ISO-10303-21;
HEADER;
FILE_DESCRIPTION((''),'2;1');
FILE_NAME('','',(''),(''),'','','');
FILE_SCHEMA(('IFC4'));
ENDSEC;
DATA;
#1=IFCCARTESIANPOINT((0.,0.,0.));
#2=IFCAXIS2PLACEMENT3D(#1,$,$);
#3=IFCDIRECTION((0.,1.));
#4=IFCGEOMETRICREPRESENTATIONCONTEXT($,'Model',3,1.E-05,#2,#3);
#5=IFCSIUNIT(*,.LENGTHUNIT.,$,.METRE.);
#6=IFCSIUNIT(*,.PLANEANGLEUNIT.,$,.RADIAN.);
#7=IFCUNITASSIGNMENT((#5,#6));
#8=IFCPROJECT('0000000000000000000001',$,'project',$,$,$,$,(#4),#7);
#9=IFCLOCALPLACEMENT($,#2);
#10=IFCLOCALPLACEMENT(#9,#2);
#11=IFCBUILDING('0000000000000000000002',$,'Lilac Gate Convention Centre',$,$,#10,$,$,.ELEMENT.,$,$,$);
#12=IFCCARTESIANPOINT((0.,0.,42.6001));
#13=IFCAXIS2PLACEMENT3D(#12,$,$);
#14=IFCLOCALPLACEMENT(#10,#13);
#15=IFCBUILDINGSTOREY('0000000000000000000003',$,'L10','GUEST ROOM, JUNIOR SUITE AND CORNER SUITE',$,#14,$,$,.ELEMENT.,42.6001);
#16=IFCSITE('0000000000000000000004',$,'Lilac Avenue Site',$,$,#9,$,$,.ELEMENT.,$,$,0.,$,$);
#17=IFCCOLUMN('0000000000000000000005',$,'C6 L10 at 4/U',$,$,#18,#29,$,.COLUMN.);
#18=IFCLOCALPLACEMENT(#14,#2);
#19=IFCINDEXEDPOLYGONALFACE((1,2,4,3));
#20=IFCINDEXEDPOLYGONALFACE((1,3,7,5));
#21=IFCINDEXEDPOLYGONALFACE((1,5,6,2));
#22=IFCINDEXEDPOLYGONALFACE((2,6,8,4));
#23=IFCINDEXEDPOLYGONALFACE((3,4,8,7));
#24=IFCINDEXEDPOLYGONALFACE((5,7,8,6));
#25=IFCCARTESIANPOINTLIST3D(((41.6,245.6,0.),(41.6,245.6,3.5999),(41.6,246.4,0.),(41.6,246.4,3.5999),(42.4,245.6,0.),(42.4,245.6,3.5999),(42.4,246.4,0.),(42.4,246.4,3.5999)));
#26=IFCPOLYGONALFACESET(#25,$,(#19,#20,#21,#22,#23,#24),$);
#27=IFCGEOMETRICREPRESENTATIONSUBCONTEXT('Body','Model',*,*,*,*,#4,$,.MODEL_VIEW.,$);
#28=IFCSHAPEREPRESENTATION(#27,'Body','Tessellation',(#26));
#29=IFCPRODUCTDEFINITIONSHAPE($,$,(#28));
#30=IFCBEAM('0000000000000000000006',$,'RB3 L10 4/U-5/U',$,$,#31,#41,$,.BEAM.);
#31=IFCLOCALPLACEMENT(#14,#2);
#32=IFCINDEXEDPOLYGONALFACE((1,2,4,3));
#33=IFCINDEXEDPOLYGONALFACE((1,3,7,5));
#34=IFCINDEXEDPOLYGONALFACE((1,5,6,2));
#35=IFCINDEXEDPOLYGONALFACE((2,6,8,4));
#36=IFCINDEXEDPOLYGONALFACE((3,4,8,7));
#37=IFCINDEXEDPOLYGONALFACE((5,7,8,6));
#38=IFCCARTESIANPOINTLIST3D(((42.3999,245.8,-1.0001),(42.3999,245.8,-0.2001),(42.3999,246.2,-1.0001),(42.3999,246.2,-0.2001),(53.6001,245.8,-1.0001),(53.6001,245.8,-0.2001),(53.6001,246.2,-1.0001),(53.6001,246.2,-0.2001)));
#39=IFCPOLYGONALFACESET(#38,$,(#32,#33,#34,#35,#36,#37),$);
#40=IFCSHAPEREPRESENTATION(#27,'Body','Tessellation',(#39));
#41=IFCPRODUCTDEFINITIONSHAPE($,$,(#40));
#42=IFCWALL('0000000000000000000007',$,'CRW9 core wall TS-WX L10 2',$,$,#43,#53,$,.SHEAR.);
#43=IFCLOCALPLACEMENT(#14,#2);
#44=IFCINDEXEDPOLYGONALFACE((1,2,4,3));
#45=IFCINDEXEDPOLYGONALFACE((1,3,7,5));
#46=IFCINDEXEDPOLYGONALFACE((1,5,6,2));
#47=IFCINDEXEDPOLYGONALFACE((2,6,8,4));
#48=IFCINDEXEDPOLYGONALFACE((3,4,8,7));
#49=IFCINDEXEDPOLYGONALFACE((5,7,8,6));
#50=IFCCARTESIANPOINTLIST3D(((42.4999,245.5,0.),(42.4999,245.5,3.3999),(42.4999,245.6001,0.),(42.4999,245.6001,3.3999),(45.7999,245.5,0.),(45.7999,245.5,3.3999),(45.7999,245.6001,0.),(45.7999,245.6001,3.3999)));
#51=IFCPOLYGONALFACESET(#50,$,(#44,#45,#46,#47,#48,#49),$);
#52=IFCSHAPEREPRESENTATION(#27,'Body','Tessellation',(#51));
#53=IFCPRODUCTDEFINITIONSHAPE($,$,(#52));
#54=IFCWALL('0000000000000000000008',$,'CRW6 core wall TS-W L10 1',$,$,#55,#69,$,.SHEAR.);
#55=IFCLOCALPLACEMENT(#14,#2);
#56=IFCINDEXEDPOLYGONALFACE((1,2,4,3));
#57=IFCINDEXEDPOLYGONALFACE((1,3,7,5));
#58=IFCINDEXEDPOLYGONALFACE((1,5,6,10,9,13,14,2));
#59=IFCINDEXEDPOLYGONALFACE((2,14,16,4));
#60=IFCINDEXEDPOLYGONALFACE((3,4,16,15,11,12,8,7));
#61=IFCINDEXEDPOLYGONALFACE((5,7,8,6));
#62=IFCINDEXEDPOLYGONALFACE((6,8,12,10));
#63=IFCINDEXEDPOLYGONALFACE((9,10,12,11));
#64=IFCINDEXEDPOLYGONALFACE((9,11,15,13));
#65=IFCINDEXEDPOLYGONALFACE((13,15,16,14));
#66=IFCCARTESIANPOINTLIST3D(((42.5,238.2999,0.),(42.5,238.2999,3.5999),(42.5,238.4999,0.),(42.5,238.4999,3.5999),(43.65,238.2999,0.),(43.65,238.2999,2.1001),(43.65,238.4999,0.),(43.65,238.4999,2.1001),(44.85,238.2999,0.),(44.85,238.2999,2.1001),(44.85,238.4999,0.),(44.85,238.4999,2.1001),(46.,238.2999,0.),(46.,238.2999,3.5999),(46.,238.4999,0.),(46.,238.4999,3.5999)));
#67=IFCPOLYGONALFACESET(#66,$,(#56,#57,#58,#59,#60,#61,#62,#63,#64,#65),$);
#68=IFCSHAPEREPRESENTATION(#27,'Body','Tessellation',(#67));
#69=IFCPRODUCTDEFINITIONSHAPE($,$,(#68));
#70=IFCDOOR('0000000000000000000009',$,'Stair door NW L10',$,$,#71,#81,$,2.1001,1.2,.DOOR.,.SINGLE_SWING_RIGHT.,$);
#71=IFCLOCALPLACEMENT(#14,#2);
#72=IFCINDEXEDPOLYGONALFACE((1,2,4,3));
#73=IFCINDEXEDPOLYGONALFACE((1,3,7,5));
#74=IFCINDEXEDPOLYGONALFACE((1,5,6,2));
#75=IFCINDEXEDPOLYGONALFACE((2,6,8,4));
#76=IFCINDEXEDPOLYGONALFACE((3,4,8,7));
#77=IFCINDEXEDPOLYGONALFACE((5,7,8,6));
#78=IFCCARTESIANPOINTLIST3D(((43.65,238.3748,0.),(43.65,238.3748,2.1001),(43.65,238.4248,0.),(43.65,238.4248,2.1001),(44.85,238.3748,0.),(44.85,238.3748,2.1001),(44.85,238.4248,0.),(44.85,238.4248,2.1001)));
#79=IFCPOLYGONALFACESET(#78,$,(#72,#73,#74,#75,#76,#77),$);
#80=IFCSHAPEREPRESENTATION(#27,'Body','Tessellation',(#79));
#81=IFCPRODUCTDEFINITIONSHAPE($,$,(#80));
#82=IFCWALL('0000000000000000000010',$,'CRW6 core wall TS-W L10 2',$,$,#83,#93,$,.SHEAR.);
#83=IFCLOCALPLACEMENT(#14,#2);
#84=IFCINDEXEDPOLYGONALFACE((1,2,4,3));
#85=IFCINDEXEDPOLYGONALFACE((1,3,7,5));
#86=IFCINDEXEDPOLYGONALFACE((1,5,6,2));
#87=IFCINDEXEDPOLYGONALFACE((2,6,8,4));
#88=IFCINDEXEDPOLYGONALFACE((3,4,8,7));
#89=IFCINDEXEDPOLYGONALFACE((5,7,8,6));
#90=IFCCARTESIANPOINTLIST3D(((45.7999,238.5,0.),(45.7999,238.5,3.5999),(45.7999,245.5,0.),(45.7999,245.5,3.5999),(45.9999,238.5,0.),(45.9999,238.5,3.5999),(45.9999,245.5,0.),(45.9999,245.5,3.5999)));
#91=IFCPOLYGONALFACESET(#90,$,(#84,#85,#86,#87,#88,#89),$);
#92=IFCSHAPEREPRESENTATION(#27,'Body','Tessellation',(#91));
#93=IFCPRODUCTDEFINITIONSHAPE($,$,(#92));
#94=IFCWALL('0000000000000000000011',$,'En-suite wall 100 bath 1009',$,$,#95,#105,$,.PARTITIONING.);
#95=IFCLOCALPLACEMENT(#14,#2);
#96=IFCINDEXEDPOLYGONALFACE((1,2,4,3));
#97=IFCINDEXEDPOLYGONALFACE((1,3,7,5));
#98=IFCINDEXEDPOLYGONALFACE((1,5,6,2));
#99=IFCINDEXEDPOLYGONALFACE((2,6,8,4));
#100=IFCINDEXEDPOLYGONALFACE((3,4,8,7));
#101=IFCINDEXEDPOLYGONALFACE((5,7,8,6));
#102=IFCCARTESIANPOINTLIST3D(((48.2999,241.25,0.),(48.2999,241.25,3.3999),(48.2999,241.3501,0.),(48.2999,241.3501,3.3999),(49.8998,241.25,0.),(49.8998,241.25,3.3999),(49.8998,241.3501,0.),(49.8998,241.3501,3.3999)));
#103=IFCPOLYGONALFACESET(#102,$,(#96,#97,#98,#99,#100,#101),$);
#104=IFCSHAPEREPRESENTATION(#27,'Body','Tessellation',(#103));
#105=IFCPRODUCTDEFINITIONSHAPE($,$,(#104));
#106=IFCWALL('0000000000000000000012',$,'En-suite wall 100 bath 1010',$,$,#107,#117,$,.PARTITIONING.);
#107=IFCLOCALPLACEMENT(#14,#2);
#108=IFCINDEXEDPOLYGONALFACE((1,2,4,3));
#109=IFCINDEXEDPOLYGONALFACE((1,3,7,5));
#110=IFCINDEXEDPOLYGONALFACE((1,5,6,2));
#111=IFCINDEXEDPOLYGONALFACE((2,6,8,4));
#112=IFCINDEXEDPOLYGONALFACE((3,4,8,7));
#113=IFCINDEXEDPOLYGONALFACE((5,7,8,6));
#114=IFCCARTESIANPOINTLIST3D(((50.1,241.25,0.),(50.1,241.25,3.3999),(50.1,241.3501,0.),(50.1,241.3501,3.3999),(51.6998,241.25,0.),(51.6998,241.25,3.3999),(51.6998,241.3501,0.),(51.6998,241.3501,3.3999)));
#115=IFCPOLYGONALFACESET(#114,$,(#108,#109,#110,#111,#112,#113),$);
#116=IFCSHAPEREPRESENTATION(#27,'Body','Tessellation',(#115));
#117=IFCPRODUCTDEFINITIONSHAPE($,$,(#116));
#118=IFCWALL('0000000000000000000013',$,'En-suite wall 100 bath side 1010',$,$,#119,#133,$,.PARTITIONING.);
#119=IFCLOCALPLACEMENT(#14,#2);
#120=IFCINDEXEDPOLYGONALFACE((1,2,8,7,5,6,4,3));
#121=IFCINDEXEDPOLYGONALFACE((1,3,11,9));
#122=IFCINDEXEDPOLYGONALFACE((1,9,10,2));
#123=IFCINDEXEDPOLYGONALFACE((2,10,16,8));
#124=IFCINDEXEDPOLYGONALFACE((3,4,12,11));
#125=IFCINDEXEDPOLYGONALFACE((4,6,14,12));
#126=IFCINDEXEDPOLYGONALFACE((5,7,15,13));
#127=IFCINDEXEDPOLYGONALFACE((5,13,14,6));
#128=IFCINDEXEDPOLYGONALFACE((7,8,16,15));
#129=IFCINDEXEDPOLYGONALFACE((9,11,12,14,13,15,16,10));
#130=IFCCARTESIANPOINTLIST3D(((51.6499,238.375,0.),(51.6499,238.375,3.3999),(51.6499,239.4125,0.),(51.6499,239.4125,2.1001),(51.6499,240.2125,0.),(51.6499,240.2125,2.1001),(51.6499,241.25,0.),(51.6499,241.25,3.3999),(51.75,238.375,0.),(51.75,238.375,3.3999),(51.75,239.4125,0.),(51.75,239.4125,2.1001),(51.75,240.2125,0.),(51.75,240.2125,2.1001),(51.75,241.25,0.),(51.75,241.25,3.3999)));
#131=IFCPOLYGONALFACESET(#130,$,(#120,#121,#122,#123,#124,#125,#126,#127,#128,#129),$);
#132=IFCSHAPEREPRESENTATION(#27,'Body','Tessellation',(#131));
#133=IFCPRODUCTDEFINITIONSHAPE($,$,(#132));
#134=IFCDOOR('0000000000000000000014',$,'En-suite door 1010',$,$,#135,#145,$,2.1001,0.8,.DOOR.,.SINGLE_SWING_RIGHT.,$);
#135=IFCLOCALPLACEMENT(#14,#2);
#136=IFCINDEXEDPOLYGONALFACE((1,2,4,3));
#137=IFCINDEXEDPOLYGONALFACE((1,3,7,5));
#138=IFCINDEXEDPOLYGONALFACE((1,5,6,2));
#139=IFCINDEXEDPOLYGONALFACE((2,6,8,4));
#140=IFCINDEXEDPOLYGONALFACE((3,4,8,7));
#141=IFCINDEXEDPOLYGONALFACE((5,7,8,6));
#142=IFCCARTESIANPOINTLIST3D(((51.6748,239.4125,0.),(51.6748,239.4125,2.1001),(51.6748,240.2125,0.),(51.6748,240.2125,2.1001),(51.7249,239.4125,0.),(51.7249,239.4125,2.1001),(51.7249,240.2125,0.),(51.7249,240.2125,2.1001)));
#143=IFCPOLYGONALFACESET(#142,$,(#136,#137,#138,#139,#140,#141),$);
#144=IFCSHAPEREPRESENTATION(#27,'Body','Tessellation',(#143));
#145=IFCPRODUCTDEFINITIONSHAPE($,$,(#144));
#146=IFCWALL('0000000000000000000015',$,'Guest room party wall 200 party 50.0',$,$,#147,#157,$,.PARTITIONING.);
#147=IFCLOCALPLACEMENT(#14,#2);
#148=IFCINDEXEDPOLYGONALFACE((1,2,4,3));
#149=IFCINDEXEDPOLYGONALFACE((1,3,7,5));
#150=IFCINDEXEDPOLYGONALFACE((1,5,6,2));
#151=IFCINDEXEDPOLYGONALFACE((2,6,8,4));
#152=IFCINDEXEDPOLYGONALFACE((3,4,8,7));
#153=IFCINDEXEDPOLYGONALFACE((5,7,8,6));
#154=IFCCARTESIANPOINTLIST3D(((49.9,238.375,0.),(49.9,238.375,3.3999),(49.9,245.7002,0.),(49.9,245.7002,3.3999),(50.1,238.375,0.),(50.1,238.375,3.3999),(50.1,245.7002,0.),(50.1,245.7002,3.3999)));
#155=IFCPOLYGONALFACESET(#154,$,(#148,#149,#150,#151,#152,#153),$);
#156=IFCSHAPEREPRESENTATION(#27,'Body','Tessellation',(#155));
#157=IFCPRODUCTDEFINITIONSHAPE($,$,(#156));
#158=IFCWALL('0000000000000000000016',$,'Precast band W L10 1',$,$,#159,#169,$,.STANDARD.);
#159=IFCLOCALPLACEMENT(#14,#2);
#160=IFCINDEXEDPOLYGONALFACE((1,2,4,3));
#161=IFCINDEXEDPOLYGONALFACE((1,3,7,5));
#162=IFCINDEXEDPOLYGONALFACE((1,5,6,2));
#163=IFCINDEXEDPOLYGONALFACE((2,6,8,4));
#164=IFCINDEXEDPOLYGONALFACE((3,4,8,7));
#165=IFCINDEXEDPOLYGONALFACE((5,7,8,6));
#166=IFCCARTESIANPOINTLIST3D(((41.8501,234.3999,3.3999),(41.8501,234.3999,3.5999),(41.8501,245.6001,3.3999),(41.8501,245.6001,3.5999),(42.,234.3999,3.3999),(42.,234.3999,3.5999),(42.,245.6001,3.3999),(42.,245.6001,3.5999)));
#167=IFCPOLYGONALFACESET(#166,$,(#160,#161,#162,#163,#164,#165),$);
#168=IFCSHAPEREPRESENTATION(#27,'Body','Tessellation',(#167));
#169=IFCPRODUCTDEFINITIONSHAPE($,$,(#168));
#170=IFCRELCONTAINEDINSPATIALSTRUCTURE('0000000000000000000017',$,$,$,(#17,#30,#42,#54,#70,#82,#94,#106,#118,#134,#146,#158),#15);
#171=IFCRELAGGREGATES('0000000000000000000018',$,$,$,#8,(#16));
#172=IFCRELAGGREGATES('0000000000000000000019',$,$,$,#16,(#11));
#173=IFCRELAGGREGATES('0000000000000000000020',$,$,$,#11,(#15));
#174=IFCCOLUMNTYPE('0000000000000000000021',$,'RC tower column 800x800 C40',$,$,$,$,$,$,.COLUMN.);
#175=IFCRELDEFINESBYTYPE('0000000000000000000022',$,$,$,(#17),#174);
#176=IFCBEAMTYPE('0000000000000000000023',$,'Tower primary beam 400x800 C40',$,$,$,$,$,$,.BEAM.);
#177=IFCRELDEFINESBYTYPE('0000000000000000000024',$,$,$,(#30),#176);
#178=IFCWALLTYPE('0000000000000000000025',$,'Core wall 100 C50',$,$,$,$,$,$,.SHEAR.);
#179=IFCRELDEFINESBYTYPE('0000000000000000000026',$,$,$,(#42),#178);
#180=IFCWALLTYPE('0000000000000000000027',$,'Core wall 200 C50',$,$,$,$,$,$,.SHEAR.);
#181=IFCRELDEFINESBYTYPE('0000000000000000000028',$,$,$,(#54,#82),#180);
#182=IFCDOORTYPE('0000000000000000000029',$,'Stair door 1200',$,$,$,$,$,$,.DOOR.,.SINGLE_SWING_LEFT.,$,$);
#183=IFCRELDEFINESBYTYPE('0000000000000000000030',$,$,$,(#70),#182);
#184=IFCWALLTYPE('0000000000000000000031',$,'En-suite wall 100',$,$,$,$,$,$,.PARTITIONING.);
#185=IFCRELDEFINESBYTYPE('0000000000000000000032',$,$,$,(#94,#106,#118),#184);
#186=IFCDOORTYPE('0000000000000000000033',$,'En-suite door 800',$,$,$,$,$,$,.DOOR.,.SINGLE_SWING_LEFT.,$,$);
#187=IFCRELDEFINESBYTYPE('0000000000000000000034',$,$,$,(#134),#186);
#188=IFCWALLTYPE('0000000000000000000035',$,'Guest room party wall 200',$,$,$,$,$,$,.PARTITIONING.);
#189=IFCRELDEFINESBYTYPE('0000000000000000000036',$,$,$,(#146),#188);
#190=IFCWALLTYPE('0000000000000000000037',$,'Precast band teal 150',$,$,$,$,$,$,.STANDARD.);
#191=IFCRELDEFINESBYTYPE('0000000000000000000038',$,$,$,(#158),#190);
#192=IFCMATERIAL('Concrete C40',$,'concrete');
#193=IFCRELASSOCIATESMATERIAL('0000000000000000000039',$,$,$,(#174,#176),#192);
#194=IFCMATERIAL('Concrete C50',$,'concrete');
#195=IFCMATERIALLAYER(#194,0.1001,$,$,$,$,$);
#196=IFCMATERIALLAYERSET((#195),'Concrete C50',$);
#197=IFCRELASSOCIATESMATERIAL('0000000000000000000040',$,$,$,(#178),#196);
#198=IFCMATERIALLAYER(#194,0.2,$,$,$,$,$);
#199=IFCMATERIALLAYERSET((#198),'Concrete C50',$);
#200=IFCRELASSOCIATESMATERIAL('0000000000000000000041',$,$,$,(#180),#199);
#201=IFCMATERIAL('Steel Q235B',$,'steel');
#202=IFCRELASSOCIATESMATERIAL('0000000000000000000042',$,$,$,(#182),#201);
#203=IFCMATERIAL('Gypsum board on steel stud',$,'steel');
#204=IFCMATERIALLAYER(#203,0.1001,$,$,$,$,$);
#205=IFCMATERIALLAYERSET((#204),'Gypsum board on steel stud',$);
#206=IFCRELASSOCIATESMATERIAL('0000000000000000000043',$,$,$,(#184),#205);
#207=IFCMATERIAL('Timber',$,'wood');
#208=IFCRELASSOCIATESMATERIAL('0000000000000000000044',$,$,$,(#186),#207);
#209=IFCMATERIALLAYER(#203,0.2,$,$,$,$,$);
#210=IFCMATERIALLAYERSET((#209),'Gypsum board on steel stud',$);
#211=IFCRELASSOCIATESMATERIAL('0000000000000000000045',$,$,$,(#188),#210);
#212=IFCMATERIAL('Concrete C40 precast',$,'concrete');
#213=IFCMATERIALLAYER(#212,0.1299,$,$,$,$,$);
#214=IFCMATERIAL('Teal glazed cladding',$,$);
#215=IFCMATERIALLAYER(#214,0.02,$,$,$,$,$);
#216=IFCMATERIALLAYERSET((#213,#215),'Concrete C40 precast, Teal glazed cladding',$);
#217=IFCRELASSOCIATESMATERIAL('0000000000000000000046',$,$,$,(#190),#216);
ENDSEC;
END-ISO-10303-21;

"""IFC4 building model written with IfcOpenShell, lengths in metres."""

from ifc_helpers import new_model, si_unit, direction, frame, frame_2d, origin, origin_2d, place, context, subcontext, project, spatial, rectangle, extrude, material, layer, layer_set, material_profile, profile_set, type_object, element, fill, save


model = new_model("IFC4")

# Units and contexts
model_context = context("Model", 3, precision=1e-05, world=origin(), true_north=direction((0.0, 1.0)))
body_context = subcontext(model_context, "Body", "Model", "MODEL_VIEW")
ifc_project = project(units=[si_unit("LENGTHUNIT", "METRE"), si_unit("PLANEANGLEUNIT", "RADIAN")], contexts=[model_context])

# Site, building, storey
site_placement = place(None, origin())
site = spatial("IfcSite", under=ifc_project, at=site_placement, Name="Lilac Avenue Site", CompositionType="ELEMENT", RefElevation=0.0)
building_placement = place(site_placement, origin())
building = spatial("IfcBuilding", under=site, at=building_placement, Name="Lilac Gate Convention Centre", CompositionType="ELEMENT")
storey_placement = place(building_placement, frame((0.0, 0.0, 42.6001)))
storey = spatial("IfcBuildingStorey", under=building, at=storey_placement, Name="L10", Description="GUEST ROOM, JUNIOR SUITE AND CORNER SUITE", CompositionType="ELEMENT", Elevation=42.6001)

# Column
ifc_material_1 = material(Name="Concrete C40", Category="concrete")
ifc_material_profile_1 = material_profile(ifc_material_1, rectangle(XDim=0.8, YDim=0.8, at=origin_2d()), Name="RC 800x800")
ifc_profile_set_1 = profile_set([ifc_material_profile_1], Name="Concrete C40")
column_type = type_object("IfcColumnType", Name="RC tower column 800x800 C40", PredefinedType="COLUMN", material=ifc_profile_set_1)
column_placement = place(storey_placement, frame((42.0, 246.0, 0.0), z_axis=(0.0, 0.0, 1.0), x_axis=(1.0, 0.0, 0.0)))
element("IfcColumn", 1, at=column_placement, inside=storey, type_object=column_type, Name="C6 L10 at 4/U", PredefinedType="COLUMN", context=body_context, shape_type="SweptSolid", body=[
    extrude(rectangle(XDim=0.8, YDim=0.8, at=origin_2d()), origin(), (0.0, 0.0, 1.0), 3.5999),
])

# Beam
ifc_material_profile_2 = material_profile(ifc_material_1, rectangle(XDim=0.3999, YDim=0.8, at=origin_2d()), Name="RC 400x800")
ifc_profile_set_2 = profile_set([ifc_material_profile_2], Name="Concrete C40")
beam_type = type_object("IfcBeamType", Name="Tower primary beam 400x800 C40", PredefinedType="BEAM", material=ifc_profile_set_2)
beam_placement = place(storey_placement, frame((42.3999, 246.0, -0.6001), z_axis=(1.0, 0.0, 0.0), x_axis=(0.0, 1.0, 0.0)))
element("IfcBeam", 2, at=beam_placement, inside=storey, type_object=beam_type, Name="RB3 L10 4/U-5/U", PredefinedType="BEAM", context=body_context, shape_type="SweptSolid", body=[
    extrude(rectangle(XDim=0.3999, YDim=0.8, at=origin_2d()), origin(), (0.0, 0.0, 1.0), 11.2002),
])

# Wall
ifc_material_2 = material(Name="Concrete C50", Category="concrete")
ifc_layer_1 = layer(ifc_material_2, 0.1001)
ifc_layer_set_1 = layer_set([ifc_layer_1], Name="Concrete C50")
wall_type_1 = type_object("IfcWallType", Name="Core wall 100 C50", PredefinedType="SHEAR", material=ifc_layer_set_1)
wall_1_placement = place(storey_placement, frame((42.5, 245.55, 0.0), z_axis=(0.0, 0.0, 1.0), x_axis=(1.0, 0.0, 0.0)))
element("IfcWall", 3, at=wall_1_placement, inside=storey, type_object=wall_type_1, Name="CRW9 core wall TS-WX L10 2", PredefinedType="SHEAR", context=body_context, shape_type="SweptSolid", body=[
    extrude(rectangle(XDim=3.3, YDim=0.1001, at=frame_2d((1.6499, 0.0))), origin(), (0.0, 0.0, 1.0), 3.3999),
])

# Wall, opening, door
ifc_layer_2 = layer(ifc_material_2, 0.2)
ifc_layer_set_2 = layer_set([ifc_layer_2], Name="Concrete C50")
wall_type_2 = type_object("IfcWallType", Name="Core wall 200 C50", PredefinedType="SHEAR", material=ifc_layer_set_2)
wall_2_placement = place(storey_placement, frame((42.5, 238.3999, 0.0), z_axis=(0.0, 0.0, 1.0), x_axis=(1.0, 0.0, 0.0)))
wall_2 = element("IfcWall", 4, at=wall_2_placement, inside=storey, type_object=wall_type_2, Name="CRW6 core wall TS-W L10 1", PredefinedType="SHEAR", context=body_context, shape_type="SweptSolid", body=[
    extrude(rectangle(XDim=3.5, YDim=0.2, at=frame_2d((1.75, 0.0))), origin(), (0.0, 0.0, 1.0), 3.5999),
])
opening_1_placement = place(wall_2_placement, frame((1.1499, 0.0, 0.0)))
opening_1 = element("IfcOpeningElement", 5, at=opening_1_placement, cuts=wall_2, PredefinedType="OPENING", context=body_context, shape_type="SweptSolid", body=[
    extrude(rectangle(XDim=1.2, YDim=2.1001, at=frame_2d((0.6001, 1.05))), frame((0.0, 0.1099, 0.0), z_axis=(0.0, -1.0, 0.0), x_axis=(1.0, 0.0, 0.0)), (0.0, 0.0, 1.0), 0.22),
])
ifc_material_3 = material(Name="Steel Q235B", Category="steel")
door_type_1 = type_object("IfcDoorType", Name="Stair door 1200", OperationType="SINGLE_SWING_LEFT", PredefinedType="DOOR", material=ifc_material_3)
door_1_placement = place(opening_1_placement, origin())
door_1 = element("IfcDoor", 6, at=door_1_placement, inside=storey, type_object=door_type_1, Name="Stair door NW L10", OperationType="SINGLE_SWING_RIGHT", OverallHeight=2.1001, OverallWidth=1.2, PredefinedType="DOOR", context=body_context, shape_type="SweptSolid", body=[
    extrude(rectangle(XDim=1.2, YDim=2.1001, at=frame_2d((0.6001, 1.05))), frame((0.0, 0.0249, 0.0), z_axis=(0.0, -1.0, 0.0), x_axis=(1.0, 0.0, 0.0)), (0.0, 0.0, 1.0), 0.05),
])
fill(opening_1, door_1)

# Walls
wall_3_placement = place(storey_placement, frame((45.8999, 238.5, 0.0), z_axis=(0.0, 0.0, 1.0), x_axis=(0.0, 1.0, 0.0)))
element("IfcWall", 7, at=wall_3_placement, inside=storey, type_object=wall_type_2, Name="CRW6 core wall TS-W L10 2", PredefinedType="SHEAR", context=body_context, shape_type="SweptSolid", body=[
    extrude(rectangle(XDim=7.0, YDim=0.2, at=frame_2d((3.5, 0.0))), origin(), (0.0, 0.0, 1.0), 3.5999),
])
ifc_material_4 = material(Name="Gypsum board on steel stud", Category="steel")
ifc_layer_3 = layer(ifc_material_4, 0.1001)
ifc_layer_set_3 = layer_set([ifc_layer_3], Name="Gypsum board on steel stud")
wall_type_3 = type_object("IfcWallType", Name="En-suite wall 100", PredefinedType="PARTITIONING", material=ifc_layer_set_3)
for number, where, z_axis, x_axis, name in (
    (8, (48.3, 241.3, 0.0), (0.0, 0.0, 1.0), (1.0, 0.0, 0.0), "En-suite wall 100 bath 1009"),
    (9, (50.1001, 241.3, 0.0), (0.0, 0.0, 1.0), (1.0, 0.0, 0.0), "En-suite wall 100 bath 1010"),
):
    element("IfcWall", number, at=place(storey_placement, frame(where, z_axis=z_axis, x_axis=x_axis)), inside=storey, type_object=wall_type_3, Name=name, PredefinedType="PARTITIONING", context=body_context, shape_type="SweptSolid", body=[
        extrude(rectangle(XDim=1.5999, YDim=0.1001, at=frame_2d((0.7998, 0.0))), origin(), (0.0, 0.0, 1.0), 3.3999),
    ])

# Wall, opening, door
wall_4_placement = place(storey_placement, frame((51.7, 241.25, 0.0), z_axis=(0.0, 0.0, 1.0), x_axis=(0.0, -1.0, 0.0)))
wall_4 = element("IfcWall", 10, at=wall_4_placement, inside=storey, type_object=wall_type_3, Name="En-suite wall 100 bath side 1010", PredefinedType="PARTITIONING", context=body_context, shape_type="SweptSolid", body=[
    extrude(rectangle(XDim=2.875, YDim=0.1001, at=frame_2d((1.4375, 0.0))), origin(), (0.0, 0.0, 1.0), 3.3999),
])
opening_2_placement = place(wall_4_placement, frame((1.0376, 0.0, 0.0)))
opening_2 = element("IfcOpeningElement", 11, at=opening_2_placement, cuts=wall_4, PredefinedType="OPENING", context=body_context, shape_type="SweptSolid", body=[
    extrude(rectangle(XDim=0.8, YDim=2.1001, at=frame_2d((0.3999, 1.05))), frame((0.0, 0.0601, 0.0), z_axis=(0.0, -1.0, 0.0), x_axis=(1.0, 0.0, 0.0)), (0.0, 0.0, 1.0), 0.1201),
])
ifc_material_5 = material(Name="Timber", Category="wood")
door_type_2 = type_object("IfcDoorType", Name="En-suite door 800", OperationType="SINGLE_SWING_LEFT", PredefinedType="DOOR", material=ifc_material_5)
door_2_placement = place(opening_2_placement, origin())
door_2 = element("IfcDoor", 12, at=door_2_placement, inside=storey, type_object=door_type_2, Name="En-suite door 1010", OperationType="SINGLE_SWING_RIGHT", OverallHeight=2.1001, OverallWidth=0.8, PredefinedType="DOOR", context=body_context, shape_type="SweptSolid", body=[
    extrude(rectangle(XDim=0.8, YDim=2.1001, at=frame_2d((0.3999, 1.05))), frame((0.0, 0.0249, 0.0), z_axis=(0.0, -1.0, 0.0), x_axis=(1.0, 0.0, 0.0)), (0.0, 0.0, 1.0), 0.05),
])
fill(opening_2, door_2)

# Walls
ifc_layer_4 = layer(ifc_material_4, 0.2)
ifc_layer_set_4 = layer_set([ifc_layer_4], Name="Gypsum board on steel stud")
wall_type_4 = type_object("IfcWallType", Name="Guest room party wall 200", PredefinedType="PARTITIONING", material=ifc_layer_set_4)
wall_5_placement = place(storey_placement, frame((50.0, 245.7002, 0.0), z_axis=(0.0, 0.0, 1.0), x_axis=(0.0, -1.0, 0.0)))
element("IfcWall", 13, at=wall_5_placement, inside=storey, type_object=wall_type_4, Name="Guest room party wall 200 party 50.0", PredefinedType="PARTITIONING", context=body_context, shape_type="SweptSolid", body=[
    extrude(rectangle(XDim=7.3252, YDim=0.2, at=frame_2d((3.6626, 0.0))), origin(), (0.0, 0.0, 1.0), 3.3999),
])
ifc_material_6 = material(Name="Concrete C40 precast", Category="concrete")
ifc_layer_5 = layer(ifc_material_6, 0.1299)
ifc_material_7 = material(Name="Teal glazed cladding")
ifc_layer_6 = layer(ifc_material_7, 0.02)
ifc_layer_set_5 = layer_set([ifc_layer_5, ifc_layer_6], Name="Concrete C40 precast, Teal glazed cladding")
wall_type_5 = type_object("IfcWallType", Name="Precast band teal 150", PredefinedType="STANDARD", material=ifc_layer_set_5)
wall_6_placement = place(storey_placement, frame((41.925, 245.6001, 3.3999), z_axis=(0.0, 0.0, 1.0), x_axis=(0.0, -1.0, 0.0)))
element("IfcWall", 14, at=wall_6_placement, inside=storey, type_object=wall_type_5, Name="Precast band W L10 1", PredefinedType="STANDARD", context=body_context, shape_type="SweptSolid", body=[
    extrude(rectangle(XDim=11.2002, YDim=0.1499, at=frame_2d((5.6001, 0.0))), origin(), (0.0, 0.0, 1.0), 0.2),
])

save(model, "model.ifc")
